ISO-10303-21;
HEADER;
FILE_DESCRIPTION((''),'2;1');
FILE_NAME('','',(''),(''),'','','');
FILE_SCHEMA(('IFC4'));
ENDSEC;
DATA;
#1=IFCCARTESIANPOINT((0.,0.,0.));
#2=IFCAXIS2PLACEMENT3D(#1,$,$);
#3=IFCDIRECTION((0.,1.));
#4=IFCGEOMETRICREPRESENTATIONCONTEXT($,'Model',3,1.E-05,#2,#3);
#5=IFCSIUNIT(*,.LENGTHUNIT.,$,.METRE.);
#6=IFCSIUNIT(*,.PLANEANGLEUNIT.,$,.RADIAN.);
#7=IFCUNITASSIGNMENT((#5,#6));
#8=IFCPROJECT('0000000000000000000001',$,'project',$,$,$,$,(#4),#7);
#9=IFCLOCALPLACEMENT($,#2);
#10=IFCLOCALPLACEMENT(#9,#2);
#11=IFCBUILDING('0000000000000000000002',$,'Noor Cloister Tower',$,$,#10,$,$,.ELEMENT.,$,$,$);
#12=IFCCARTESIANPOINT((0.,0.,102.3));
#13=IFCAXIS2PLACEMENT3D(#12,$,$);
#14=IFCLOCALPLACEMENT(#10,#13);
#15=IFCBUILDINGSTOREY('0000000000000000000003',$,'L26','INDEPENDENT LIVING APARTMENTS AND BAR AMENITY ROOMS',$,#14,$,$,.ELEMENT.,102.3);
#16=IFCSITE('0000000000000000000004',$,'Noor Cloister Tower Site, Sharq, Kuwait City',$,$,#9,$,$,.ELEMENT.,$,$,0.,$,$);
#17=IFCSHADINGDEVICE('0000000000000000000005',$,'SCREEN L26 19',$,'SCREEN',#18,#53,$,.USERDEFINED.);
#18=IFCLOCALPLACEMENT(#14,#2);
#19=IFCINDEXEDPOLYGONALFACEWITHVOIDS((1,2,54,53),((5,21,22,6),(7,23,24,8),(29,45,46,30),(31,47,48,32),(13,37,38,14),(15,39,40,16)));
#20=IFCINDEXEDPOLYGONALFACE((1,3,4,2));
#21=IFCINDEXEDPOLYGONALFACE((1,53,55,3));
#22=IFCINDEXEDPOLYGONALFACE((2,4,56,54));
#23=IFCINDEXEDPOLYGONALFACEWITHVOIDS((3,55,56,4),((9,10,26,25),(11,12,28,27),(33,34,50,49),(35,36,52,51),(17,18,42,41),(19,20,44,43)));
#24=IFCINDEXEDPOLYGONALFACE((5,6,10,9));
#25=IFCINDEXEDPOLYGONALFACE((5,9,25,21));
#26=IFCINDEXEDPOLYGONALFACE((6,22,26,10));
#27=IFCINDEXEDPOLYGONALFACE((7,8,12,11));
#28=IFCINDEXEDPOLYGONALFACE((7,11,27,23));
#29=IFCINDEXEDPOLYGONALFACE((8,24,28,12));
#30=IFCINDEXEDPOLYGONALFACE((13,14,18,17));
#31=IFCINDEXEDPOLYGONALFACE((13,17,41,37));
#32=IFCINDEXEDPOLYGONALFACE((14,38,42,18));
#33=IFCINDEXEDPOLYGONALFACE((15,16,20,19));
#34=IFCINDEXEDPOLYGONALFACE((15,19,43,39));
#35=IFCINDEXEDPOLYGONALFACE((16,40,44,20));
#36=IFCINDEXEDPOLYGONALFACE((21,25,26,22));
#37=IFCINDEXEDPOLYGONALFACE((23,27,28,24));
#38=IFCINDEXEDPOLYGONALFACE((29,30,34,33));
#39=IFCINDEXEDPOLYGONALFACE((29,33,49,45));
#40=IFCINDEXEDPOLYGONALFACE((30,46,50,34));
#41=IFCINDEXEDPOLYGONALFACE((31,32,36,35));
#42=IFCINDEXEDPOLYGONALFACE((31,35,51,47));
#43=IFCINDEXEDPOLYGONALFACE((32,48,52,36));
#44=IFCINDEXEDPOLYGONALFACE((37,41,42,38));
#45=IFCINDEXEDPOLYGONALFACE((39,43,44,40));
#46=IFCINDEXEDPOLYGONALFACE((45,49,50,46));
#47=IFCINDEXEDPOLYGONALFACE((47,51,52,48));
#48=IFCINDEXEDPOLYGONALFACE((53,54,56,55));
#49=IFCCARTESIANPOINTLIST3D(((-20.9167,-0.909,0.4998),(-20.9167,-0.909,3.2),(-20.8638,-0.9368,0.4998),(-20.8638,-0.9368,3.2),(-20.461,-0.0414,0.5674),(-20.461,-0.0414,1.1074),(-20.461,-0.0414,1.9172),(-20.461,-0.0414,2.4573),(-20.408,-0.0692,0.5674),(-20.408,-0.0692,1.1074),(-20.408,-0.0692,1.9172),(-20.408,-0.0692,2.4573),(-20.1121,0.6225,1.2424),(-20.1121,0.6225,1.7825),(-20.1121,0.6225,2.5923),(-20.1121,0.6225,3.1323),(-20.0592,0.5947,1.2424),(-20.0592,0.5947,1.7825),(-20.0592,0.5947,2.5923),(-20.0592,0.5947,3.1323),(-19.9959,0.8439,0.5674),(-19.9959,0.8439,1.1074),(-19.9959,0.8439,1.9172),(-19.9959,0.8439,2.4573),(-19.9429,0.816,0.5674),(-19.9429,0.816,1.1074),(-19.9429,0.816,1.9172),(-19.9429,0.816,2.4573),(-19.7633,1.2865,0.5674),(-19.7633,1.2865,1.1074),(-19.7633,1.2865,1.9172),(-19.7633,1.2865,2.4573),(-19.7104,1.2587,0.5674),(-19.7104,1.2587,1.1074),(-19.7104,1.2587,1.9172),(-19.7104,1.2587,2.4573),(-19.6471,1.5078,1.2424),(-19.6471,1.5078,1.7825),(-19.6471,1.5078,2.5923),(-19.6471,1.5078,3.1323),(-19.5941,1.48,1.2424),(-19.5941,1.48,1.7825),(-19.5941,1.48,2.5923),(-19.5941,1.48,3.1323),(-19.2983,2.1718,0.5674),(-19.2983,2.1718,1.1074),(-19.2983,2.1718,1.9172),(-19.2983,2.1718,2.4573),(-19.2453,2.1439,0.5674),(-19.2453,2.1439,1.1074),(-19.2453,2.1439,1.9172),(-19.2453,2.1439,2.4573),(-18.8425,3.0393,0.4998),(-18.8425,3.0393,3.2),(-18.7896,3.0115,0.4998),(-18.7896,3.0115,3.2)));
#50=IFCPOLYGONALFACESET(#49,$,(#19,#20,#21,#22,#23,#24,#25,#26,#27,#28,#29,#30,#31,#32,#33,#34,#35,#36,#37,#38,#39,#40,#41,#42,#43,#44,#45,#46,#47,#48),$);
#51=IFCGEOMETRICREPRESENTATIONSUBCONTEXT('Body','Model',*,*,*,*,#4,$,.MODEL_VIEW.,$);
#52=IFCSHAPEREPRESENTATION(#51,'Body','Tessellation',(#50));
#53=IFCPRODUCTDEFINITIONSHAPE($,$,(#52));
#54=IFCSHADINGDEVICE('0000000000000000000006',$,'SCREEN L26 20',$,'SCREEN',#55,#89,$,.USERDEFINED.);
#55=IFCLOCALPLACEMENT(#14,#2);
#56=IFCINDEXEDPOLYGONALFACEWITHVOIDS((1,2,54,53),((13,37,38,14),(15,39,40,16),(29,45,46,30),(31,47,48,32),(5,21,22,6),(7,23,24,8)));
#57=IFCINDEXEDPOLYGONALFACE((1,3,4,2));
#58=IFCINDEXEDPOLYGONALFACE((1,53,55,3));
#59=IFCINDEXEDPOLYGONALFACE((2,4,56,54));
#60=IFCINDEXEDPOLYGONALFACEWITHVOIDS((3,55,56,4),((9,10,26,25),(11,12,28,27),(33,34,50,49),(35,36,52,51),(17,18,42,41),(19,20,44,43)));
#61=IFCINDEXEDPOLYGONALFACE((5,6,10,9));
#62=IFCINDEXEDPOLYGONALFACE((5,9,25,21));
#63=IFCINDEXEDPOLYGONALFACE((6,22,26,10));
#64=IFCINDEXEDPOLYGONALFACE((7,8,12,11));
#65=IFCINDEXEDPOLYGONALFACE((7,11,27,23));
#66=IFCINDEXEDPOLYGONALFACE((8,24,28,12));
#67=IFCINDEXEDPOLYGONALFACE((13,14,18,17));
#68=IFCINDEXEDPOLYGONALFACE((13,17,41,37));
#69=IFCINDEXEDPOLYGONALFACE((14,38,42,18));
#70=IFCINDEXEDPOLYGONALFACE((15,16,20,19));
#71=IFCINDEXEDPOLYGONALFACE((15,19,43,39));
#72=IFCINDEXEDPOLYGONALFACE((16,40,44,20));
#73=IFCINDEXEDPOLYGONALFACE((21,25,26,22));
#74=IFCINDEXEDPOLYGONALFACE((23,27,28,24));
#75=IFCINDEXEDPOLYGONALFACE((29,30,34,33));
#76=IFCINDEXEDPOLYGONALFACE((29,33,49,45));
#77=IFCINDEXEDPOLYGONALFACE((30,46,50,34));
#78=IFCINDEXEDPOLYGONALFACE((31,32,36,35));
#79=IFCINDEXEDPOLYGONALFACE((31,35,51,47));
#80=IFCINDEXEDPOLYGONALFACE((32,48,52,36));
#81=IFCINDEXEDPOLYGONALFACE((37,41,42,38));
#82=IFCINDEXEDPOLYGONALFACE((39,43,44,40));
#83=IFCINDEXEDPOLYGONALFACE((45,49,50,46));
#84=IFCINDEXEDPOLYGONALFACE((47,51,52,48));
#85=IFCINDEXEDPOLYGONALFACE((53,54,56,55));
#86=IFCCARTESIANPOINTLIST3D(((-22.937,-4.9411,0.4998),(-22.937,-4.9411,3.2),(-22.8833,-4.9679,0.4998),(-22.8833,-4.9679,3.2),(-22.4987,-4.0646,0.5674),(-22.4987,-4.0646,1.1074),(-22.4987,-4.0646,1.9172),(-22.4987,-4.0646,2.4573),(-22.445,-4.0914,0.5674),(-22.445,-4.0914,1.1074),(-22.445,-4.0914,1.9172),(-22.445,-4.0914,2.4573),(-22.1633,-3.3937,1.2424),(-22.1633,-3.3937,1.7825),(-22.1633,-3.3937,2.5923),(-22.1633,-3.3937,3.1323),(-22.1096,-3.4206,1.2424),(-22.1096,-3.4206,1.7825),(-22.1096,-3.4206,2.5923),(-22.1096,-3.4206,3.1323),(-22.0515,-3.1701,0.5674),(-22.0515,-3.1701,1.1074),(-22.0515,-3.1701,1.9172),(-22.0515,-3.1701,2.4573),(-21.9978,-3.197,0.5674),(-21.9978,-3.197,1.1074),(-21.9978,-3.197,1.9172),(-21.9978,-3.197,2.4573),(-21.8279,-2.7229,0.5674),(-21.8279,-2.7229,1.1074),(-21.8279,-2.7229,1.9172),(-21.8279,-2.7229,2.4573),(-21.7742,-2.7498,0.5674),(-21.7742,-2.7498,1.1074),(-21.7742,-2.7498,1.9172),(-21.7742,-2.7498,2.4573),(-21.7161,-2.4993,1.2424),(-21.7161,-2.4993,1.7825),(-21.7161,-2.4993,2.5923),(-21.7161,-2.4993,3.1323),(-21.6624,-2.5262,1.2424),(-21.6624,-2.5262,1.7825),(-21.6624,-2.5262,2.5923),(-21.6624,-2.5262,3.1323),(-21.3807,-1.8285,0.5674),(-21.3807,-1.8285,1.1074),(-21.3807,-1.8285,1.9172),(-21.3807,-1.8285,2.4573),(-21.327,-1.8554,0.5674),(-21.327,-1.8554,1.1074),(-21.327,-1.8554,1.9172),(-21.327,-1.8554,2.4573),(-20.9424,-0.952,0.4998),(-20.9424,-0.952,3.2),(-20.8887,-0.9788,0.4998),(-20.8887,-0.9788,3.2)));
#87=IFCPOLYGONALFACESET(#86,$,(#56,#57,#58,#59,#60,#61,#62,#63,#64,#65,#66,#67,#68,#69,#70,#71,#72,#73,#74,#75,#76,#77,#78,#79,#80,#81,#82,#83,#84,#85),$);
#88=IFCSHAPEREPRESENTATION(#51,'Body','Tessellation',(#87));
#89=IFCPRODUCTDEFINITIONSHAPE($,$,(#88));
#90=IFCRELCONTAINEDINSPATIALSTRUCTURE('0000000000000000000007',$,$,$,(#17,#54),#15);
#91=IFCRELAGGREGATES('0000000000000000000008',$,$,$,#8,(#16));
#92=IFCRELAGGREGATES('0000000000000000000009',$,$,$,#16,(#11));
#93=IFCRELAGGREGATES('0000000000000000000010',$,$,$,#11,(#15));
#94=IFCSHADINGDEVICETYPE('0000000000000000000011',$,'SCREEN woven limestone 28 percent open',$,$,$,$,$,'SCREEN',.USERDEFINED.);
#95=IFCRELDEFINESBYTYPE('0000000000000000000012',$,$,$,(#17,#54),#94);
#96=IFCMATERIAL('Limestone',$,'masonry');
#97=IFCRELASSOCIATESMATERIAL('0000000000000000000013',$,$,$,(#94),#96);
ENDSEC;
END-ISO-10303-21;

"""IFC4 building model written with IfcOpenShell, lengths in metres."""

from ifc_helpers import new_model, si_unit, direction, frame, origin, place, context, subcontext, project, spatial, polyline, outline, extrude, material, material_profile, profile_set, type_object, element, save


model = new_model("IFC4")

# Units and contexts
model_context = context("Model", 3, precision=1e-05, world=origin(), true_north=direction((0.0, 1.0)))
body_context = subcontext(model_context, "Body", "Model", "MODEL_VIEW")
ifc_project = project(units=[si_unit("LENGTHUNIT", "METRE"), si_unit("PLANEANGLEUNIT", "RADIAN")], contexts=[model_context])

# Site, building, storey
site_placement = place(None, origin())
site = spatial("IfcSite", under=ifc_project, at=site_placement, Name="Noor Cloister Tower Site, Sharq, Kuwait City", CompositionType="ELEMENT", RefElevation=0.0)
building_placement = place(site_placement, origin())
building = spatial("IfcBuilding", under=site, at=building_placement, Name="Noor Cloister Tower", CompositionType="ELEMENT")
storey_placement = place(building_placement, frame((0.0, 0.0, 102.3)))
storey = spatial("IfcBuildingStorey", under=building, at=storey_placement, Name="L26", Description="INDEPENDENT LIVING APARTMENTS AND BAR AMENITY ROOMS", CompositionType="ELEMENT", Elevation=102.3)

# Shading devices
ifc_material_1 = material(Name="Limestone", Category="masonry")
ifc_material_profile_1 = material_profile(ifc_material_1, outline(polyline([(-2.23, -1.3501), (2.23, -1.3501), (2.23, 1.3501), (-2.23, 1.3501), (-2.23, -1.3501)]), holes=[polyline([(-1.25, -1.2825), (-0.25, -1.2825), (-0.25, -0.7424), (-1.25, -0.7424), (-1.25, -1.2825)]), polyline([(0.25, -1.2825), (1.25, -1.2825), (1.25, -0.7424), (0.25, -0.7424), (0.25, -1.2825)]), polyline([(-0.5, -0.6074), (0.5, -0.6074), (0.5, -0.0674), (-0.5, -0.0674), (-0.5, -0.6074)]), polyline([(-1.25, 0.0674), (-0.25, 0.0674), (-0.25, 0.6074), (-1.25, 0.6074), (-1.25, 0.0674)]), polyline([(0.25, 0.0674), (1.25, 0.0674), (1.25, 0.6074), (0.25, 0.6074), (0.25, 0.0674)]), polyline([(-0.5, 0.7424), (0.5, 0.7424), (0.5, 1.2825), (-0.5, 1.2825), (-0.5, 0.7424)])]), Name="Woven screen 28 percent open")
ifc_profile_set_1 = profile_set([ifc_material_profile_1], Name="Limestone")
shading_device_type = type_object("IfcShadingDeviceType", Name="SCREEN woven limestone 28 percent open", ElementType="SCREEN", PredefinedType="USERDEFINED", material=ifc_profile_set_1)
shading_device_1_placement = place(storey_placement, frame((-19.8267, 1.0374, 1.8499), z_axis=(-0.885272, 0.465074, 0.0), x_axis=(-0.465074, -0.885272, 0.0)))
element("IfcShadingDevice", 1, at=shading_device_1_placement, inside=storey, type_object=shading_device_type, Name="SCREEN L26 19", ObjectType="SCREEN", PredefinedType="USERDEFINED", context=body_context, shape_type="SweptSolid", body=[
    extrude(outline(polyline([(-2.23, -1.3501), (2.23, -1.3501), (2.23, 1.3501), (-2.23, 1.3501), (-2.23, -1.3501)]), holes=[polyline([(-1.25, -1.2825), (-0.25, -1.2825), (-0.25, -0.7424), (-1.25, -0.7424), (-1.25, -1.2825)]), polyline([(0.25, -1.2825), (1.25, -1.2825), (1.25, -0.7424), (0.25, -0.7424), (0.25, -1.2825)]), polyline([(-0.5, -0.6074), (0.5, -0.6074), (0.5, -0.0674), (-0.5, -0.0674), (-0.5, -0.6074)]), polyline([(-1.25, 0.0674), (-0.25, 0.0674), (-0.25, 0.6074), (-1.25, 0.6074), (-1.25, 0.0674)]), polyline([(0.25, 0.0674), (1.25, 0.0674), (1.25, 0.6074), (0.25, 0.6074), (0.25, 0.0674)]), polyline([(-0.5, 0.7424), (0.5, 0.7424), (0.5, 1.2825), (-0.5, 1.2825), (-0.5, 0.7424)])]), origin(), (0.0, 0.0, 1.0), 0.0598),
])
shading_device_2_placement = place(storey_placement, frame((-21.886, -2.9734, 1.8499), z_axis=(-0.894427, 0.447214, 0.0), x_axis=(-0.447214, -0.894427, 0.0)))
element("IfcShadingDevice", 2, at=shading_device_2_placement, inside=storey, type_object=shading_device_type, Name="SCREEN L26 20", ObjectType="SCREEN", PredefinedType="USERDEFINED", context=body_context, shape_type="SweptSolid", body=[
    extrude(outline(polyline([(-2.23, -1.3501), (2.23, -1.3501), (2.23, 1.3501), (-2.23, 1.3501), (-2.23, -1.3501)]), holes=[polyline([(-1.25, -1.2825), (-0.25, -1.2825), (-0.25, -0.7424), (-1.25, -0.7424), (-1.25, -1.2825)]), polyline([(0.25, -1.2825), (1.25, -1.2825), (1.25, -0.7424), (0.25, -0.7424), (0.25, -1.2825)]), polyline([(-0.5, -0.6074), (0.5, -0.6074), (0.5, -0.0674), (-0.5, -0.0674), (-0.5, -0.6074)]), polyline([(-1.25, 0.0674), (-0.25, 0.0674), (-0.25, 0.6074), (-1.25, 0.6074), (-1.25, 0.0674)]), polyline([(0.25, 0.0674), (1.25, 0.0674), (1.25, 0.6074), (0.25, 0.6074), (0.25, 0.0674)]), polyline([(-0.5, 0.7424), (0.5, 0.7424), (0.5, 1.2825), (-0.5, 1.2825), (-0.5, 0.7424)])]), origin(), (0.0, 0.0, 1.0), 0.0601),
])

save(model, "model.ifc")
